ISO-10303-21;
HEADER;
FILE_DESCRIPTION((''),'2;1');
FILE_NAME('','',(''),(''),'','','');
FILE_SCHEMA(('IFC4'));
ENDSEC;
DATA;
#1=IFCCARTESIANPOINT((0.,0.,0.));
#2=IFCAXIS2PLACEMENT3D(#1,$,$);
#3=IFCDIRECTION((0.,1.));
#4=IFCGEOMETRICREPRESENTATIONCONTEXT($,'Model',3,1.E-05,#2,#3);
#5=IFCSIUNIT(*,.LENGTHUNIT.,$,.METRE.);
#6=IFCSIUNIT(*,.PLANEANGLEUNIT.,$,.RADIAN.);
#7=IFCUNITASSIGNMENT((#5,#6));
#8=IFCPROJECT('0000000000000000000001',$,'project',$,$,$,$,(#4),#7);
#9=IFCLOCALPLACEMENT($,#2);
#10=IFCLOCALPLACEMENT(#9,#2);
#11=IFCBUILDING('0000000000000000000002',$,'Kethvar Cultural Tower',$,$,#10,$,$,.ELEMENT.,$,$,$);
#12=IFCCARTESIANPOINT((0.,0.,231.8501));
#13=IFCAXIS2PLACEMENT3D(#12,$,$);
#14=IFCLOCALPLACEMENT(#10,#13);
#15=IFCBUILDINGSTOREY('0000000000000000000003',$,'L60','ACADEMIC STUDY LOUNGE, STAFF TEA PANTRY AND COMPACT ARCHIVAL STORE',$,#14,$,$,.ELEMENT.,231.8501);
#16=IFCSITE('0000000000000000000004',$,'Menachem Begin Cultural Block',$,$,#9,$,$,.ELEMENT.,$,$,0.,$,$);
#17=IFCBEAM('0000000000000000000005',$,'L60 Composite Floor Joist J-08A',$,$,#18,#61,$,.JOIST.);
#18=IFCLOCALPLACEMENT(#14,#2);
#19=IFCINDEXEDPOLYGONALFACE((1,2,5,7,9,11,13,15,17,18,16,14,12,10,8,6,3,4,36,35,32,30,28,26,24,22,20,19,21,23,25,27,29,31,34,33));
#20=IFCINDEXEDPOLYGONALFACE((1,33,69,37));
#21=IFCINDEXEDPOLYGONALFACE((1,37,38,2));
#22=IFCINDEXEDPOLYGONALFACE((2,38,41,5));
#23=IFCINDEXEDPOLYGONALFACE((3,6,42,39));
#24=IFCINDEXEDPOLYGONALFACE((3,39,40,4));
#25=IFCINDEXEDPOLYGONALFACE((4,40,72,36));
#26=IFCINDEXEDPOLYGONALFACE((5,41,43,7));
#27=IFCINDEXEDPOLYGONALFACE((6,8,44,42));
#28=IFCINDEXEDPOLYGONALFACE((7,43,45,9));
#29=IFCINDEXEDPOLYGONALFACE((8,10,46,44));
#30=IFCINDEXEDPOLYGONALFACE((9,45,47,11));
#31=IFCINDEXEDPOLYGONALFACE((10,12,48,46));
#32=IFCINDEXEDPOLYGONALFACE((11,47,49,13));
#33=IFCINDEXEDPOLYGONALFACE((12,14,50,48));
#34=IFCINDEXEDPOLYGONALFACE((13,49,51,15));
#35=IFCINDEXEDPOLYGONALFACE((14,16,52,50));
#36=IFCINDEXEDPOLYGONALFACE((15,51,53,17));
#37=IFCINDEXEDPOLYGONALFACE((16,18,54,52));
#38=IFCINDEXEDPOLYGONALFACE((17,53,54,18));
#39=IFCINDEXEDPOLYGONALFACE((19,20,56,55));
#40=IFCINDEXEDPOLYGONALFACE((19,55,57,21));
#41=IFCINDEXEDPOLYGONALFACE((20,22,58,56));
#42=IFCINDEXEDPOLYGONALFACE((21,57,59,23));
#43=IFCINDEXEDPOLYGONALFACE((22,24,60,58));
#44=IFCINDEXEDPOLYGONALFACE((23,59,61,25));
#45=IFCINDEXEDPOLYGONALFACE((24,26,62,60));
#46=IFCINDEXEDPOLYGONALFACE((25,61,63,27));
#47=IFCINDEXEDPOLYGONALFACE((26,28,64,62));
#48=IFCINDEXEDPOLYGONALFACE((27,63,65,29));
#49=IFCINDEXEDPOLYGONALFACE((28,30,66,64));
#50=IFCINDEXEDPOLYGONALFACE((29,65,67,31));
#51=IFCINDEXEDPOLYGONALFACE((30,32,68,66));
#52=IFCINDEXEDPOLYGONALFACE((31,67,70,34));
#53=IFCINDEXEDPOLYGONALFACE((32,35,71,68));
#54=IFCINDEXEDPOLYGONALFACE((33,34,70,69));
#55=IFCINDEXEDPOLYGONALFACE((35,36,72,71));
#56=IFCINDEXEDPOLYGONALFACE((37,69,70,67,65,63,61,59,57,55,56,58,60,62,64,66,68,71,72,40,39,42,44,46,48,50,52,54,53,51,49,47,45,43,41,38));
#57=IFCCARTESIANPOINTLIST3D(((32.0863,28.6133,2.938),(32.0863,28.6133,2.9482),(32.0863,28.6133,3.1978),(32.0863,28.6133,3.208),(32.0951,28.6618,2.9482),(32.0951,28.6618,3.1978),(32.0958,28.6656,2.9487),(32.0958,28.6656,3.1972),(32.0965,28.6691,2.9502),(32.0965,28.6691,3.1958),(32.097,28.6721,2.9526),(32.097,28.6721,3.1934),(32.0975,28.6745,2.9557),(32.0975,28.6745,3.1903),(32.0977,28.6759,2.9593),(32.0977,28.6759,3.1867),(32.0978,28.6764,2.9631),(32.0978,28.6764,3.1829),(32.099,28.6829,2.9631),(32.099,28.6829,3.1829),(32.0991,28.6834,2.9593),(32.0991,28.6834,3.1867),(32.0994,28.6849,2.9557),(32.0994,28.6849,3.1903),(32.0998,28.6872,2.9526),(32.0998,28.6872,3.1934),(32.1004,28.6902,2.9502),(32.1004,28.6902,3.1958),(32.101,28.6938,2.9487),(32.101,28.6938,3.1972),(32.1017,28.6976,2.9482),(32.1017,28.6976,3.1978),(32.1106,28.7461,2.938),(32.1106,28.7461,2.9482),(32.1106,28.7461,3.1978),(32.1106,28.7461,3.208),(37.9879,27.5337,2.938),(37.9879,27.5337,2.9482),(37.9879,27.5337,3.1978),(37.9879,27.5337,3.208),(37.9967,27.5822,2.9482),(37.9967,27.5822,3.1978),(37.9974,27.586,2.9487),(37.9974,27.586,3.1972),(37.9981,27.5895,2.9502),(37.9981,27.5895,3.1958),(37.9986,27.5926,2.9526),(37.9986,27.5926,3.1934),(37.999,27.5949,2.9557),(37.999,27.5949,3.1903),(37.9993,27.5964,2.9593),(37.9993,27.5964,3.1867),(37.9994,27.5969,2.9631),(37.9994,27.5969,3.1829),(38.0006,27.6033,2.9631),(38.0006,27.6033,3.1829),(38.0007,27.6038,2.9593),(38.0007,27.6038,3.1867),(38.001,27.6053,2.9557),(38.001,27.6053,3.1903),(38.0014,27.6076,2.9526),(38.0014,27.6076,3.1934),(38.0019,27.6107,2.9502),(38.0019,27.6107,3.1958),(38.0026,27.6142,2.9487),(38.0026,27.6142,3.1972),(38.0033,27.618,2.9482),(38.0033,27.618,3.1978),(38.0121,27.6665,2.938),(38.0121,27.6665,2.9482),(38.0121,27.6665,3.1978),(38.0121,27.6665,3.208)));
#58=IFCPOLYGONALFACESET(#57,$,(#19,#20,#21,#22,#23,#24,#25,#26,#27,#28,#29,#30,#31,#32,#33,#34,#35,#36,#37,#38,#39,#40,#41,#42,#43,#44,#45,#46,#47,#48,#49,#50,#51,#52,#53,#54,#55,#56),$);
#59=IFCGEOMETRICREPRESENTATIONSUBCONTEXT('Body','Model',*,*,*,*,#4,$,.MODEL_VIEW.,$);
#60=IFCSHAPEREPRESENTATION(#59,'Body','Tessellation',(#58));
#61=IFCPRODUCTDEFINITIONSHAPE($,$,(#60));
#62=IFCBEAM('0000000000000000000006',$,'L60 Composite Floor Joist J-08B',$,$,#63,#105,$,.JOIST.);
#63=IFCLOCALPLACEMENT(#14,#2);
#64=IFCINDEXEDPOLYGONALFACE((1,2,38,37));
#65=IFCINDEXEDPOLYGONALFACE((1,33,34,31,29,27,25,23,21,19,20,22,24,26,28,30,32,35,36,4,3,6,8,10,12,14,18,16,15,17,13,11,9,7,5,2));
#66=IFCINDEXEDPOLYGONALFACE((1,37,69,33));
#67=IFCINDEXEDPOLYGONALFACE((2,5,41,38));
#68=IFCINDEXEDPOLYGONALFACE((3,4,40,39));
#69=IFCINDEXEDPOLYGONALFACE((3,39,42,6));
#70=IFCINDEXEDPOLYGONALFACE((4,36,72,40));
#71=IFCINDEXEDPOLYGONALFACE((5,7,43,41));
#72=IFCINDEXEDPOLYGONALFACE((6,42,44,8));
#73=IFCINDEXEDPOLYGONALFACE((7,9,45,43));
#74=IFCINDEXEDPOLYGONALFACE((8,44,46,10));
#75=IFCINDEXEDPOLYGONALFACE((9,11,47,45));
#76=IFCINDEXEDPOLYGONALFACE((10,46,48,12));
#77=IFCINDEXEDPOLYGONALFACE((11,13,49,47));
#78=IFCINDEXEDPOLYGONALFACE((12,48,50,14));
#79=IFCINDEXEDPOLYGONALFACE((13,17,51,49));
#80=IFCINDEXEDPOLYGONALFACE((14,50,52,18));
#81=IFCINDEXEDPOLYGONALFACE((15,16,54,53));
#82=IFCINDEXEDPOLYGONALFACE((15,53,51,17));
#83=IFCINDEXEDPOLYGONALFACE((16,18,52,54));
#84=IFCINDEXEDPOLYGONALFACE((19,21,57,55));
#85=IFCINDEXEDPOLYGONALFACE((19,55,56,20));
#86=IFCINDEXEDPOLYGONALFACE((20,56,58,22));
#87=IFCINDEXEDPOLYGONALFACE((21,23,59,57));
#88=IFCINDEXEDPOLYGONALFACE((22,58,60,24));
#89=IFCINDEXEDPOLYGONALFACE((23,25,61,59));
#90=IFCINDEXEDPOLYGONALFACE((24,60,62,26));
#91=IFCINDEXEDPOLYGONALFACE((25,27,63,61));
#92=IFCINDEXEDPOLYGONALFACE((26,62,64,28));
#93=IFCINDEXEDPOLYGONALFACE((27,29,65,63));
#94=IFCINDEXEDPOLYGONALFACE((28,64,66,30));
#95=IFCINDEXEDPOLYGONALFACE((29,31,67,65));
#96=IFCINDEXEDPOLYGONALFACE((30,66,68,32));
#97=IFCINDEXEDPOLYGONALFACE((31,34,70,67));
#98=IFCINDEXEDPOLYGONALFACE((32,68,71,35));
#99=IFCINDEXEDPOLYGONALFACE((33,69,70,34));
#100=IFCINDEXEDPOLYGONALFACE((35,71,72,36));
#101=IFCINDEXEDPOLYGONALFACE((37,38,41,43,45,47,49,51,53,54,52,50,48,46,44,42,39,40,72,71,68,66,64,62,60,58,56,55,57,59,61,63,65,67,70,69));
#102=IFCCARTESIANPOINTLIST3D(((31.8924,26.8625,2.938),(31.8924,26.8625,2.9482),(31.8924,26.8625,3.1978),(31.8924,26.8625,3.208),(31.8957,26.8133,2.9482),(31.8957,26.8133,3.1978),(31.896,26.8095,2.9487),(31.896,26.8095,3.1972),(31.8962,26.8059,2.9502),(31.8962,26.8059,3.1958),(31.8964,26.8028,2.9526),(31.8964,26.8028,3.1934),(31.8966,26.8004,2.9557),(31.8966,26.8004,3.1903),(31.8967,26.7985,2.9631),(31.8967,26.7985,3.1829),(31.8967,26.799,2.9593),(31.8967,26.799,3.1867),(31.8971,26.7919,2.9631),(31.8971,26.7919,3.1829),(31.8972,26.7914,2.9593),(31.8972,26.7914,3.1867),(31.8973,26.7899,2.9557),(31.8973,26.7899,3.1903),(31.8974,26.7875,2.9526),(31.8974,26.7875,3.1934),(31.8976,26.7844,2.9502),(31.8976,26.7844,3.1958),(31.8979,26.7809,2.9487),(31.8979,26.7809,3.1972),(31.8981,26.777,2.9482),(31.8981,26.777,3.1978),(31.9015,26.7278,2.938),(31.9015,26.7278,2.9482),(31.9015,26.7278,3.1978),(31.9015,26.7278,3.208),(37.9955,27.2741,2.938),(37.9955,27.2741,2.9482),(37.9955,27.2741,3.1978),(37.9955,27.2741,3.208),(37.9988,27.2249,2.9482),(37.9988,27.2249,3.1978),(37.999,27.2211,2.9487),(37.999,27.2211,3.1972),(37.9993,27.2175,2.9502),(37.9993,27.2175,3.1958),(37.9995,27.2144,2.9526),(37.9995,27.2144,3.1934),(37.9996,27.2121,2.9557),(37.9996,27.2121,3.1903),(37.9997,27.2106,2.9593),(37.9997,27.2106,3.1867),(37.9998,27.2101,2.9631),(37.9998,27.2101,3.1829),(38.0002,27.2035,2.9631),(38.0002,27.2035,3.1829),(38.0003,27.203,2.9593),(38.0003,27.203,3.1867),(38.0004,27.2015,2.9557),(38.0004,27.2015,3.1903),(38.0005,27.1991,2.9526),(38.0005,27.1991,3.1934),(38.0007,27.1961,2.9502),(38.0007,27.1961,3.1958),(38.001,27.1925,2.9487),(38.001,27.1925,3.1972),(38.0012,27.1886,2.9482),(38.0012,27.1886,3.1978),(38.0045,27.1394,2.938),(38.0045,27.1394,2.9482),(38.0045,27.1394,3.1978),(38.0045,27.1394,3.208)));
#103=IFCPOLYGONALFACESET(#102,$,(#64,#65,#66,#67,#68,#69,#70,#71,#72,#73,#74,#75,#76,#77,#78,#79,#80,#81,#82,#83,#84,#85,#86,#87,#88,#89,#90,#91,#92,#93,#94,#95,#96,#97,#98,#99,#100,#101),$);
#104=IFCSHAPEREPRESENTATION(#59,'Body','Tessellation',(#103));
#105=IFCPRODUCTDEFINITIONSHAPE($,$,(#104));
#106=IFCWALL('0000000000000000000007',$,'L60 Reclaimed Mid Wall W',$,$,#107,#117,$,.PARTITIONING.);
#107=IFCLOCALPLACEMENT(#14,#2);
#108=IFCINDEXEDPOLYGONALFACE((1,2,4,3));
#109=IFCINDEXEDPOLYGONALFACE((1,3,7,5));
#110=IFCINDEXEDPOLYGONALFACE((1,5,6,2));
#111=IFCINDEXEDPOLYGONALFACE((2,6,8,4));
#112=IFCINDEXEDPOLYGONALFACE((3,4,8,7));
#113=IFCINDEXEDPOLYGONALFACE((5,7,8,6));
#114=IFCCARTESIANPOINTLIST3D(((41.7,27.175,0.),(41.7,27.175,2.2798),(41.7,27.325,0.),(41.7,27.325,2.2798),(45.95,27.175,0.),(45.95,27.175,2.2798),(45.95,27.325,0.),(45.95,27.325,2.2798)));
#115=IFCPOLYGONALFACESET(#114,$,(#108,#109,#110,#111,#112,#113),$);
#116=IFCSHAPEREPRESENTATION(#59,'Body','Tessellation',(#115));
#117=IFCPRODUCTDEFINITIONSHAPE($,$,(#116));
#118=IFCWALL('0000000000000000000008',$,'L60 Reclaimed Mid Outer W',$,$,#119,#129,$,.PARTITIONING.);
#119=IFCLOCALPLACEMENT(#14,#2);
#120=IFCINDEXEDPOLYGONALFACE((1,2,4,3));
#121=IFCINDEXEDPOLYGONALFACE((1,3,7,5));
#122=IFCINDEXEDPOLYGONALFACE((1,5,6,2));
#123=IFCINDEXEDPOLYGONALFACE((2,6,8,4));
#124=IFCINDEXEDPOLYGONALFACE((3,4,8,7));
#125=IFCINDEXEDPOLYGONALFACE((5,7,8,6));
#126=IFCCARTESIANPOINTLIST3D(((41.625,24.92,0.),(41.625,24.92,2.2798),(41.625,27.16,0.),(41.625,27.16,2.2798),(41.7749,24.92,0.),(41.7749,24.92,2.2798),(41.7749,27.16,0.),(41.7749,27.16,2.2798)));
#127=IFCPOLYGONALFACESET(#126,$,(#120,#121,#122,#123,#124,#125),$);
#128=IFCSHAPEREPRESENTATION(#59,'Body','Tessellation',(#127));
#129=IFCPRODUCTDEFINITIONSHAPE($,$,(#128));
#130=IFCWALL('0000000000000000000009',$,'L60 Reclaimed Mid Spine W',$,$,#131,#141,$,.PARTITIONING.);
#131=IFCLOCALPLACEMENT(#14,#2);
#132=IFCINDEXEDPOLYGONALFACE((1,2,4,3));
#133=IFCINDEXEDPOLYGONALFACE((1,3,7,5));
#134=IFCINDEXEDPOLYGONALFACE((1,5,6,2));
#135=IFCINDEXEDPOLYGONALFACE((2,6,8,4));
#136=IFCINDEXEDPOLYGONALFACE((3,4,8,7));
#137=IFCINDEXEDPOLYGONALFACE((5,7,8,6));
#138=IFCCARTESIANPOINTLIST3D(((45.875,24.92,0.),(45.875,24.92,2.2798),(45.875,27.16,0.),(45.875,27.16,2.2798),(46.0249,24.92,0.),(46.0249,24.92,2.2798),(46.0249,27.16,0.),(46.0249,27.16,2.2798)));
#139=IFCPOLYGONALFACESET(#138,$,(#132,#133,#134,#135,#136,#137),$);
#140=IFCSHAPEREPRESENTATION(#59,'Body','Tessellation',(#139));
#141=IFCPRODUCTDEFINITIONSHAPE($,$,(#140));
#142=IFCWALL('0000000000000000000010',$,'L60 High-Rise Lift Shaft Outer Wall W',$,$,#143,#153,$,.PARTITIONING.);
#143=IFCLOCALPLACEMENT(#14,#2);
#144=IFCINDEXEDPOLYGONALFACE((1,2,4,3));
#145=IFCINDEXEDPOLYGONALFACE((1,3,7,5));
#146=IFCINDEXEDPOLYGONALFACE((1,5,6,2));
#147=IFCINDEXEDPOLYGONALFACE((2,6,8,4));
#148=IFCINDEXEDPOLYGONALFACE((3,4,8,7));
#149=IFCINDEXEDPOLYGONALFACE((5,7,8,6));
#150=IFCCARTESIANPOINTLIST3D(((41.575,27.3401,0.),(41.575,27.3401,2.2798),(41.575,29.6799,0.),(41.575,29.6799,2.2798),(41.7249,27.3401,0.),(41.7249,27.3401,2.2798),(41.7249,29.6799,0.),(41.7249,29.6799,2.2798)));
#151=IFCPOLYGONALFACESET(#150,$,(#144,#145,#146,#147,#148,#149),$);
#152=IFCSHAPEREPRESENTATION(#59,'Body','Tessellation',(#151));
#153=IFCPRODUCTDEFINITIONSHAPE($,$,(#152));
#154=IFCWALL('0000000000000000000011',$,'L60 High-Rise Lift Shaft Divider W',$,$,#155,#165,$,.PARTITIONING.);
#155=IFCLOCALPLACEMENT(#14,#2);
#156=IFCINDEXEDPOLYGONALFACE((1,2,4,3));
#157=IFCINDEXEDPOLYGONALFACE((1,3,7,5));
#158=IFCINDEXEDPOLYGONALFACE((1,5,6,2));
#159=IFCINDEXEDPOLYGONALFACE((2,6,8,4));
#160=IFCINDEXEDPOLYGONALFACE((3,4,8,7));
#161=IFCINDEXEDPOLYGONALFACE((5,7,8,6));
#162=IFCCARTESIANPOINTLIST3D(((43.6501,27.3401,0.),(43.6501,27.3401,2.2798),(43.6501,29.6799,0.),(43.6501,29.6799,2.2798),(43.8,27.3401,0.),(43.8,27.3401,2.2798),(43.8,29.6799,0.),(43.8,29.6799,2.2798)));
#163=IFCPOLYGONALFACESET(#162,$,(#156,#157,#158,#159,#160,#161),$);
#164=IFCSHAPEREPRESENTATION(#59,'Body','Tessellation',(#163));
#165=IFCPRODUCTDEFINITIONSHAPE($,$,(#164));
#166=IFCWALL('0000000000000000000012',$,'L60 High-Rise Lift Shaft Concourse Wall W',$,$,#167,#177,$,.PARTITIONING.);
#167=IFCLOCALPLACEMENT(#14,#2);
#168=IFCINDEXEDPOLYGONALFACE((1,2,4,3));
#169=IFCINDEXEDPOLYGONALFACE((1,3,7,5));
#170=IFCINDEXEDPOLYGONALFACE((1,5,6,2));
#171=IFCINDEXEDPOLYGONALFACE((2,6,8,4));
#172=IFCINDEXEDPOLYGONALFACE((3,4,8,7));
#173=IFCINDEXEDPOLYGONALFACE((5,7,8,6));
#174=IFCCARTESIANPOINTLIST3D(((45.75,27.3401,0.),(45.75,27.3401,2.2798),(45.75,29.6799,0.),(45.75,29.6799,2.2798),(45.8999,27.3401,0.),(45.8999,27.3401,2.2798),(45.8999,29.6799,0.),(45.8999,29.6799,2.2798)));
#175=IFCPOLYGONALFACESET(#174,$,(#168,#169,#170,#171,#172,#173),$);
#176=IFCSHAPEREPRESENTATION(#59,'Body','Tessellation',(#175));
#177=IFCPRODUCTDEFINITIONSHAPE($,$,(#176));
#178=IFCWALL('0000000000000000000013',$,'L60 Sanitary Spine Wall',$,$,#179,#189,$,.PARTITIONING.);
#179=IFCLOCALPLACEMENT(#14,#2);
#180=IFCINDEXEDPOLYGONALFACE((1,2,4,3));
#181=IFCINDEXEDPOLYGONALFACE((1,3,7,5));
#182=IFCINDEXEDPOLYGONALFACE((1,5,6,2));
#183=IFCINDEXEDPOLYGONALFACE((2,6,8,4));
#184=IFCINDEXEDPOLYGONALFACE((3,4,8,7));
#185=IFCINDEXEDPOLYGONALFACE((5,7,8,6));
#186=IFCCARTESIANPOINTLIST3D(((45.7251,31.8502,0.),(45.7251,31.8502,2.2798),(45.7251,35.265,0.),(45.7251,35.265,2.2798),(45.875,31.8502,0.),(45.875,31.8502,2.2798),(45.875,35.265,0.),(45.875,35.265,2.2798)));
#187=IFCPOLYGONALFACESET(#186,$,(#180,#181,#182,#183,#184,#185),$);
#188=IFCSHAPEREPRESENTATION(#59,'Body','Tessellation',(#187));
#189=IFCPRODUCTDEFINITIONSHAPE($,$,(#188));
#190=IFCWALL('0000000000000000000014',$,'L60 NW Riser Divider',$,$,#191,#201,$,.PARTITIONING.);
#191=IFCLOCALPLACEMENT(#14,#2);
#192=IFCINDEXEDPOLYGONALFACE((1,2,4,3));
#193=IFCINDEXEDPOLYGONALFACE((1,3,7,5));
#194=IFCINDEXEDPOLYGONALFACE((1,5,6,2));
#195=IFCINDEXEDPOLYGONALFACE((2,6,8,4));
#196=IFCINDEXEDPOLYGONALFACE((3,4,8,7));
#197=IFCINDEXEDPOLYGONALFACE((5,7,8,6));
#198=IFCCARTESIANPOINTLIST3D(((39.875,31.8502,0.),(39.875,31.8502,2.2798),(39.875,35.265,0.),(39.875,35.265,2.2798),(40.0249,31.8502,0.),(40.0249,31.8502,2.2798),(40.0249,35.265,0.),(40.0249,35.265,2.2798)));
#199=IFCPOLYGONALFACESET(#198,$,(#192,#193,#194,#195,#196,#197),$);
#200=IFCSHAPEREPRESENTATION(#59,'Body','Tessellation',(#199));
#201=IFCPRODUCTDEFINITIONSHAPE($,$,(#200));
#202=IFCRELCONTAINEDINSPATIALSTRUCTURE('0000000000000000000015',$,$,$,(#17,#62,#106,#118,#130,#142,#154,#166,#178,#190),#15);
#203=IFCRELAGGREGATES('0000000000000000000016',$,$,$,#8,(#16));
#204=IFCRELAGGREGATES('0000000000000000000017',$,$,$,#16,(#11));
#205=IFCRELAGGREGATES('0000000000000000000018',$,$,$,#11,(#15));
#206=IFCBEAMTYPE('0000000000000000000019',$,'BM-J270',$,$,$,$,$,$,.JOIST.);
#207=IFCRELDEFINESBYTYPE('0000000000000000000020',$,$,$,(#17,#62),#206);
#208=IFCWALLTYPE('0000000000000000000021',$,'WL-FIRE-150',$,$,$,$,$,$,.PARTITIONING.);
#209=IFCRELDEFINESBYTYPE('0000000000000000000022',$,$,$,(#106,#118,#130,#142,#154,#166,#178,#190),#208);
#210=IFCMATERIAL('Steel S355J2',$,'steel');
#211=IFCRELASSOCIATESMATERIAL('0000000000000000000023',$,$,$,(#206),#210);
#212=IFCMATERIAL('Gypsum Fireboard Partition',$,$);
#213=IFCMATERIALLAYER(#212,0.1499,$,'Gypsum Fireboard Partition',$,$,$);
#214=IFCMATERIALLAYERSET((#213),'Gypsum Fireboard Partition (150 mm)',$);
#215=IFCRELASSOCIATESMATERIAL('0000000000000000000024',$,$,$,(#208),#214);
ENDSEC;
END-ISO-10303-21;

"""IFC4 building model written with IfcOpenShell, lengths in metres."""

from ifc_helpers import new_model, si_unit, direction, frame, frame_2d, origin, origin_2d, place, context, subcontext, project, spatial, rectangle, i_section, extrude, source, transform, mapped, material, layer, layer_set, material_profile, profile_set, type_object, element, save


model = new_model("IFC4")

# Units and contexts
model_context = context("Model", 3, precision=1e-05, world=origin(), true_north=direction((0.0, 1.0)))
body_context = subcontext(model_context, "Body", "Model", "MODEL_VIEW")
ifc_project = project(units=[si_unit("LENGTHUNIT", "METRE"), si_unit("PLANEANGLEUNIT", "RADIAN")], contexts=[model_context])

# Site, building, storey
site_placement = place(None, origin())
site = spatial("IfcSite", under=ifc_project, at=site_placement, Name="Menachem Begin Cultural Block", CompositionType="ELEMENT", RefElevation=0.0)
building_placement = place(site_placement, origin())
building = spatial("IfcBuilding", under=site, at=building_placement, Name="Kethvar Cultural Tower", CompositionType="ELEMENT")
storey_placement = place(building_placement, frame((0.0, 0.0, 231.8501)))
storey = spatial("IfcBuildingStorey", under=building, at=storey_placement, Name="L60", Description="ACADEMIC STUDY LOUNGE, STAFF TEA PANTRY AND COMPACT ARCHIVAL STORE", CompositionType="ELEMENT", Elevation=231.8501)

# Beams
ifc_material_1 = material(Name="Steel S355J2", Category="steel")
ifc_material_profile_1 = material_profile(ifc_material_1, i_section(OverallWidth=0.135, OverallDepth=0.27, WebThickness=0.0066, FlangeThickness=0.0103, FilletRadius=0.0149, at=origin_2d()), Name="Steel S355J2 — IPE270")
ifc_profile_set_1 = profile_set([ifc_material_profile_1], Name="Steel S355J2 — IPE270")
beam_type_1 = type_object("IfcBeamType", Name="BM-J270", PredefinedType="JOIST", material=ifc_profile_set_1)
shared_shape_1 = source(origin(), body_context, "Body", "SweptSolid", [
    extrude(i_section(OverallWidth=0.135, OverallDepth=0.27, WebThickness=0.0066, FlangeThickness=0.0103, FilletRadius=0.0149, at=origin_2d()), origin(), (0.0, 0.0, 1.0), 5.9995),
])
beam_1_placement = place(storey_placement, frame((38.0, 27.6001, 3.073), z_axis=(-0.983677, 0.179945, 0.0), x_axis=(-0.179945, -0.983677, 0.0)))
element("IfcBeam", 1, at=beam_1_placement, inside=storey, type_object=beam_type_1, Name="L60 Composite Floor Joist J-08A", PredefinedType="JOIST", context=body_context, shape_type="MappedRepresentation", body=[
    mapped(shared_shape_1, transform((0.0, 0.0, 0.0), scale=1.0)),
])
shared_shape_2 = source(origin(), body_context, "Body", "SweptSolid", [
    extrude(i_section(OverallWidth=0.135, OverallDepth=0.27, WebThickness=0.0066, FlangeThickness=0.0103, FilletRadius=0.0149, at=origin_2d()), origin(), (0.0, 0.0, 1.0), 6.1169),
])
beam_2_placement = place(storey_placement, frame((38.0, 27.2068, 3.073), z_axis=(-0.997733, -0.067293, 0.0), x_axis=(0.067293, -0.997733, 0.0)))
element("IfcBeam", 2, at=beam_2_placement, inside=storey, type_object=beam_type_1, Name="L60 Composite Floor Joist J-08B", PredefinedType="JOIST", context=body_context, shape_type="MappedRepresentation", body=[
    mapped(shared_shape_2, transform((0.0, 0.0, 0.0), scale=1.0)),
])

# Walls
ifc_material_2 = material(Name="Gypsum Fireboard Partition")
ifc_layer_1 = layer(ifc_material_2, 0.1499, Name="Gypsum Fireboard Partition")
ifc_layer_set_1 = layer_set([ifc_layer_1], Name="Gypsum Fireboard Partition (150 mm)")
wall_type_1 = type_object("IfcWallType", Name="WL-FIRE-150", PredefinedType="PARTITIONING", material=ifc_layer_set_1)
wall_1_placement = place(storey_placement, frame((41.7, 27.25, 0.0), z_axis=(0.0, 0.0, 1.0), x_axis=(1.0, 0.0, 0.0)))
element("IfcWall", 3, at=wall_1_placement, inside=storey, type_object=wall_type_1, Name="L60 Reclaimed Mid Wall W", PredefinedType="PARTITIONING", context=body_context, shape_type="SweptSolid", body=[
    extrude(rectangle(XDim=4.25, YDim=0.1499, at=frame_2d((2.125, 0.0))), origin(), (0.0, 0.0, 1.0), 2.2798),
])
for number, where, z_axis, x_axis, name in (
    (4, (41.7, 24.9199, 0.0), (0.0, 0.0, 1.0), (0.0, 1.0, 0.0), "L60 Reclaimed Mid Outer W"),
    (5, (45.95, 24.9199, 0.0), (0.0, 0.0, 1.0), (0.0, 1.0, 0.0), "L60 Reclaimed Mid Spine W"),
):
    element("IfcWall", number, at=place(storey_placement, frame(where, z_axis=z_axis, x_axis=x_axis)), inside=storey, type_object=wall_type_1, Name=name, PredefinedType="PARTITIONING", context=body_context, shape_type="SweptSolid", body=[
        extrude(rectangle(XDim=2.24, YDim=0.1499, at=frame_2d((1.1201, 0.0))), origin(), (0.0, 0.0, 1.0), 2.2798),
    ])

# Walls
for number, where, z_axis, x_axis, name in (
    (6, (41.6499, 27.3401, 0.0), (0.0, 0.0, 1.0), (0.0, 1.0, 0.0), "L60 High-Rise Lift Shaft Outer Wall W"),
    (7, (43.7251, 27.3401, 0.0), (0.0, 0.0, 1.0), (0.0, 1.0, 0.0), "L60 High-Rise Lift Shaft Divider W"),
    (8, (45.825, 27.3401, 0.0), (0.0, 0.0, 1.0), (0.0, 1.0, 0.0), "L60 High-Rise Lift Shaft Concourse Wall W"),
):
    element("IfcWall", number, at=place(storey_placement, frame(where, z_axis=z_axis, x_axis=x_axis)), inside=storey, type_object=wall_type_1, Name=name, PredefinedType="PARTITIONING", context=body_context, shape_type="SweptSolid", body=[
        extrude(rectangle(XDim=2.3398, YDim=0.1499, at=frame_2d((1.1699, 0.0))), origin(), (0.0, 0.0, 1.0), 2.2798),
    ])
for number, where, z_axis, x_axis, name in (
    (9, (45.8, 31.8501, 0.0), (0.0, 0.0, 1.0), (0.0, 1.0, 0.0), "L60 Sanitary Spine Wall"),
    (10, (39.95, 31.8501, 0.0), (0.0, 0.0, 1.0), (0.0, 1.0, 0.0), "L60 NW Riser Divider"),
):
    element("IfcWall", number, at=place(storey_placement, frame(where, z_axis=z_axis, x_axis=x_axis)), inside=storey, type_object=wall_type_1, Name=name, PredefinedType="PARTITIONING", context=body_context, shape_type="SweptSolid", body=[
        extrude(rectangle(XDim=3.4148, YDim=0.1499, at=frame_2d((1.7075, 0.0))), origin(), (0.0, 0.0, 1.0), 2.2798),
    ])

save(model, "model.ifc")
